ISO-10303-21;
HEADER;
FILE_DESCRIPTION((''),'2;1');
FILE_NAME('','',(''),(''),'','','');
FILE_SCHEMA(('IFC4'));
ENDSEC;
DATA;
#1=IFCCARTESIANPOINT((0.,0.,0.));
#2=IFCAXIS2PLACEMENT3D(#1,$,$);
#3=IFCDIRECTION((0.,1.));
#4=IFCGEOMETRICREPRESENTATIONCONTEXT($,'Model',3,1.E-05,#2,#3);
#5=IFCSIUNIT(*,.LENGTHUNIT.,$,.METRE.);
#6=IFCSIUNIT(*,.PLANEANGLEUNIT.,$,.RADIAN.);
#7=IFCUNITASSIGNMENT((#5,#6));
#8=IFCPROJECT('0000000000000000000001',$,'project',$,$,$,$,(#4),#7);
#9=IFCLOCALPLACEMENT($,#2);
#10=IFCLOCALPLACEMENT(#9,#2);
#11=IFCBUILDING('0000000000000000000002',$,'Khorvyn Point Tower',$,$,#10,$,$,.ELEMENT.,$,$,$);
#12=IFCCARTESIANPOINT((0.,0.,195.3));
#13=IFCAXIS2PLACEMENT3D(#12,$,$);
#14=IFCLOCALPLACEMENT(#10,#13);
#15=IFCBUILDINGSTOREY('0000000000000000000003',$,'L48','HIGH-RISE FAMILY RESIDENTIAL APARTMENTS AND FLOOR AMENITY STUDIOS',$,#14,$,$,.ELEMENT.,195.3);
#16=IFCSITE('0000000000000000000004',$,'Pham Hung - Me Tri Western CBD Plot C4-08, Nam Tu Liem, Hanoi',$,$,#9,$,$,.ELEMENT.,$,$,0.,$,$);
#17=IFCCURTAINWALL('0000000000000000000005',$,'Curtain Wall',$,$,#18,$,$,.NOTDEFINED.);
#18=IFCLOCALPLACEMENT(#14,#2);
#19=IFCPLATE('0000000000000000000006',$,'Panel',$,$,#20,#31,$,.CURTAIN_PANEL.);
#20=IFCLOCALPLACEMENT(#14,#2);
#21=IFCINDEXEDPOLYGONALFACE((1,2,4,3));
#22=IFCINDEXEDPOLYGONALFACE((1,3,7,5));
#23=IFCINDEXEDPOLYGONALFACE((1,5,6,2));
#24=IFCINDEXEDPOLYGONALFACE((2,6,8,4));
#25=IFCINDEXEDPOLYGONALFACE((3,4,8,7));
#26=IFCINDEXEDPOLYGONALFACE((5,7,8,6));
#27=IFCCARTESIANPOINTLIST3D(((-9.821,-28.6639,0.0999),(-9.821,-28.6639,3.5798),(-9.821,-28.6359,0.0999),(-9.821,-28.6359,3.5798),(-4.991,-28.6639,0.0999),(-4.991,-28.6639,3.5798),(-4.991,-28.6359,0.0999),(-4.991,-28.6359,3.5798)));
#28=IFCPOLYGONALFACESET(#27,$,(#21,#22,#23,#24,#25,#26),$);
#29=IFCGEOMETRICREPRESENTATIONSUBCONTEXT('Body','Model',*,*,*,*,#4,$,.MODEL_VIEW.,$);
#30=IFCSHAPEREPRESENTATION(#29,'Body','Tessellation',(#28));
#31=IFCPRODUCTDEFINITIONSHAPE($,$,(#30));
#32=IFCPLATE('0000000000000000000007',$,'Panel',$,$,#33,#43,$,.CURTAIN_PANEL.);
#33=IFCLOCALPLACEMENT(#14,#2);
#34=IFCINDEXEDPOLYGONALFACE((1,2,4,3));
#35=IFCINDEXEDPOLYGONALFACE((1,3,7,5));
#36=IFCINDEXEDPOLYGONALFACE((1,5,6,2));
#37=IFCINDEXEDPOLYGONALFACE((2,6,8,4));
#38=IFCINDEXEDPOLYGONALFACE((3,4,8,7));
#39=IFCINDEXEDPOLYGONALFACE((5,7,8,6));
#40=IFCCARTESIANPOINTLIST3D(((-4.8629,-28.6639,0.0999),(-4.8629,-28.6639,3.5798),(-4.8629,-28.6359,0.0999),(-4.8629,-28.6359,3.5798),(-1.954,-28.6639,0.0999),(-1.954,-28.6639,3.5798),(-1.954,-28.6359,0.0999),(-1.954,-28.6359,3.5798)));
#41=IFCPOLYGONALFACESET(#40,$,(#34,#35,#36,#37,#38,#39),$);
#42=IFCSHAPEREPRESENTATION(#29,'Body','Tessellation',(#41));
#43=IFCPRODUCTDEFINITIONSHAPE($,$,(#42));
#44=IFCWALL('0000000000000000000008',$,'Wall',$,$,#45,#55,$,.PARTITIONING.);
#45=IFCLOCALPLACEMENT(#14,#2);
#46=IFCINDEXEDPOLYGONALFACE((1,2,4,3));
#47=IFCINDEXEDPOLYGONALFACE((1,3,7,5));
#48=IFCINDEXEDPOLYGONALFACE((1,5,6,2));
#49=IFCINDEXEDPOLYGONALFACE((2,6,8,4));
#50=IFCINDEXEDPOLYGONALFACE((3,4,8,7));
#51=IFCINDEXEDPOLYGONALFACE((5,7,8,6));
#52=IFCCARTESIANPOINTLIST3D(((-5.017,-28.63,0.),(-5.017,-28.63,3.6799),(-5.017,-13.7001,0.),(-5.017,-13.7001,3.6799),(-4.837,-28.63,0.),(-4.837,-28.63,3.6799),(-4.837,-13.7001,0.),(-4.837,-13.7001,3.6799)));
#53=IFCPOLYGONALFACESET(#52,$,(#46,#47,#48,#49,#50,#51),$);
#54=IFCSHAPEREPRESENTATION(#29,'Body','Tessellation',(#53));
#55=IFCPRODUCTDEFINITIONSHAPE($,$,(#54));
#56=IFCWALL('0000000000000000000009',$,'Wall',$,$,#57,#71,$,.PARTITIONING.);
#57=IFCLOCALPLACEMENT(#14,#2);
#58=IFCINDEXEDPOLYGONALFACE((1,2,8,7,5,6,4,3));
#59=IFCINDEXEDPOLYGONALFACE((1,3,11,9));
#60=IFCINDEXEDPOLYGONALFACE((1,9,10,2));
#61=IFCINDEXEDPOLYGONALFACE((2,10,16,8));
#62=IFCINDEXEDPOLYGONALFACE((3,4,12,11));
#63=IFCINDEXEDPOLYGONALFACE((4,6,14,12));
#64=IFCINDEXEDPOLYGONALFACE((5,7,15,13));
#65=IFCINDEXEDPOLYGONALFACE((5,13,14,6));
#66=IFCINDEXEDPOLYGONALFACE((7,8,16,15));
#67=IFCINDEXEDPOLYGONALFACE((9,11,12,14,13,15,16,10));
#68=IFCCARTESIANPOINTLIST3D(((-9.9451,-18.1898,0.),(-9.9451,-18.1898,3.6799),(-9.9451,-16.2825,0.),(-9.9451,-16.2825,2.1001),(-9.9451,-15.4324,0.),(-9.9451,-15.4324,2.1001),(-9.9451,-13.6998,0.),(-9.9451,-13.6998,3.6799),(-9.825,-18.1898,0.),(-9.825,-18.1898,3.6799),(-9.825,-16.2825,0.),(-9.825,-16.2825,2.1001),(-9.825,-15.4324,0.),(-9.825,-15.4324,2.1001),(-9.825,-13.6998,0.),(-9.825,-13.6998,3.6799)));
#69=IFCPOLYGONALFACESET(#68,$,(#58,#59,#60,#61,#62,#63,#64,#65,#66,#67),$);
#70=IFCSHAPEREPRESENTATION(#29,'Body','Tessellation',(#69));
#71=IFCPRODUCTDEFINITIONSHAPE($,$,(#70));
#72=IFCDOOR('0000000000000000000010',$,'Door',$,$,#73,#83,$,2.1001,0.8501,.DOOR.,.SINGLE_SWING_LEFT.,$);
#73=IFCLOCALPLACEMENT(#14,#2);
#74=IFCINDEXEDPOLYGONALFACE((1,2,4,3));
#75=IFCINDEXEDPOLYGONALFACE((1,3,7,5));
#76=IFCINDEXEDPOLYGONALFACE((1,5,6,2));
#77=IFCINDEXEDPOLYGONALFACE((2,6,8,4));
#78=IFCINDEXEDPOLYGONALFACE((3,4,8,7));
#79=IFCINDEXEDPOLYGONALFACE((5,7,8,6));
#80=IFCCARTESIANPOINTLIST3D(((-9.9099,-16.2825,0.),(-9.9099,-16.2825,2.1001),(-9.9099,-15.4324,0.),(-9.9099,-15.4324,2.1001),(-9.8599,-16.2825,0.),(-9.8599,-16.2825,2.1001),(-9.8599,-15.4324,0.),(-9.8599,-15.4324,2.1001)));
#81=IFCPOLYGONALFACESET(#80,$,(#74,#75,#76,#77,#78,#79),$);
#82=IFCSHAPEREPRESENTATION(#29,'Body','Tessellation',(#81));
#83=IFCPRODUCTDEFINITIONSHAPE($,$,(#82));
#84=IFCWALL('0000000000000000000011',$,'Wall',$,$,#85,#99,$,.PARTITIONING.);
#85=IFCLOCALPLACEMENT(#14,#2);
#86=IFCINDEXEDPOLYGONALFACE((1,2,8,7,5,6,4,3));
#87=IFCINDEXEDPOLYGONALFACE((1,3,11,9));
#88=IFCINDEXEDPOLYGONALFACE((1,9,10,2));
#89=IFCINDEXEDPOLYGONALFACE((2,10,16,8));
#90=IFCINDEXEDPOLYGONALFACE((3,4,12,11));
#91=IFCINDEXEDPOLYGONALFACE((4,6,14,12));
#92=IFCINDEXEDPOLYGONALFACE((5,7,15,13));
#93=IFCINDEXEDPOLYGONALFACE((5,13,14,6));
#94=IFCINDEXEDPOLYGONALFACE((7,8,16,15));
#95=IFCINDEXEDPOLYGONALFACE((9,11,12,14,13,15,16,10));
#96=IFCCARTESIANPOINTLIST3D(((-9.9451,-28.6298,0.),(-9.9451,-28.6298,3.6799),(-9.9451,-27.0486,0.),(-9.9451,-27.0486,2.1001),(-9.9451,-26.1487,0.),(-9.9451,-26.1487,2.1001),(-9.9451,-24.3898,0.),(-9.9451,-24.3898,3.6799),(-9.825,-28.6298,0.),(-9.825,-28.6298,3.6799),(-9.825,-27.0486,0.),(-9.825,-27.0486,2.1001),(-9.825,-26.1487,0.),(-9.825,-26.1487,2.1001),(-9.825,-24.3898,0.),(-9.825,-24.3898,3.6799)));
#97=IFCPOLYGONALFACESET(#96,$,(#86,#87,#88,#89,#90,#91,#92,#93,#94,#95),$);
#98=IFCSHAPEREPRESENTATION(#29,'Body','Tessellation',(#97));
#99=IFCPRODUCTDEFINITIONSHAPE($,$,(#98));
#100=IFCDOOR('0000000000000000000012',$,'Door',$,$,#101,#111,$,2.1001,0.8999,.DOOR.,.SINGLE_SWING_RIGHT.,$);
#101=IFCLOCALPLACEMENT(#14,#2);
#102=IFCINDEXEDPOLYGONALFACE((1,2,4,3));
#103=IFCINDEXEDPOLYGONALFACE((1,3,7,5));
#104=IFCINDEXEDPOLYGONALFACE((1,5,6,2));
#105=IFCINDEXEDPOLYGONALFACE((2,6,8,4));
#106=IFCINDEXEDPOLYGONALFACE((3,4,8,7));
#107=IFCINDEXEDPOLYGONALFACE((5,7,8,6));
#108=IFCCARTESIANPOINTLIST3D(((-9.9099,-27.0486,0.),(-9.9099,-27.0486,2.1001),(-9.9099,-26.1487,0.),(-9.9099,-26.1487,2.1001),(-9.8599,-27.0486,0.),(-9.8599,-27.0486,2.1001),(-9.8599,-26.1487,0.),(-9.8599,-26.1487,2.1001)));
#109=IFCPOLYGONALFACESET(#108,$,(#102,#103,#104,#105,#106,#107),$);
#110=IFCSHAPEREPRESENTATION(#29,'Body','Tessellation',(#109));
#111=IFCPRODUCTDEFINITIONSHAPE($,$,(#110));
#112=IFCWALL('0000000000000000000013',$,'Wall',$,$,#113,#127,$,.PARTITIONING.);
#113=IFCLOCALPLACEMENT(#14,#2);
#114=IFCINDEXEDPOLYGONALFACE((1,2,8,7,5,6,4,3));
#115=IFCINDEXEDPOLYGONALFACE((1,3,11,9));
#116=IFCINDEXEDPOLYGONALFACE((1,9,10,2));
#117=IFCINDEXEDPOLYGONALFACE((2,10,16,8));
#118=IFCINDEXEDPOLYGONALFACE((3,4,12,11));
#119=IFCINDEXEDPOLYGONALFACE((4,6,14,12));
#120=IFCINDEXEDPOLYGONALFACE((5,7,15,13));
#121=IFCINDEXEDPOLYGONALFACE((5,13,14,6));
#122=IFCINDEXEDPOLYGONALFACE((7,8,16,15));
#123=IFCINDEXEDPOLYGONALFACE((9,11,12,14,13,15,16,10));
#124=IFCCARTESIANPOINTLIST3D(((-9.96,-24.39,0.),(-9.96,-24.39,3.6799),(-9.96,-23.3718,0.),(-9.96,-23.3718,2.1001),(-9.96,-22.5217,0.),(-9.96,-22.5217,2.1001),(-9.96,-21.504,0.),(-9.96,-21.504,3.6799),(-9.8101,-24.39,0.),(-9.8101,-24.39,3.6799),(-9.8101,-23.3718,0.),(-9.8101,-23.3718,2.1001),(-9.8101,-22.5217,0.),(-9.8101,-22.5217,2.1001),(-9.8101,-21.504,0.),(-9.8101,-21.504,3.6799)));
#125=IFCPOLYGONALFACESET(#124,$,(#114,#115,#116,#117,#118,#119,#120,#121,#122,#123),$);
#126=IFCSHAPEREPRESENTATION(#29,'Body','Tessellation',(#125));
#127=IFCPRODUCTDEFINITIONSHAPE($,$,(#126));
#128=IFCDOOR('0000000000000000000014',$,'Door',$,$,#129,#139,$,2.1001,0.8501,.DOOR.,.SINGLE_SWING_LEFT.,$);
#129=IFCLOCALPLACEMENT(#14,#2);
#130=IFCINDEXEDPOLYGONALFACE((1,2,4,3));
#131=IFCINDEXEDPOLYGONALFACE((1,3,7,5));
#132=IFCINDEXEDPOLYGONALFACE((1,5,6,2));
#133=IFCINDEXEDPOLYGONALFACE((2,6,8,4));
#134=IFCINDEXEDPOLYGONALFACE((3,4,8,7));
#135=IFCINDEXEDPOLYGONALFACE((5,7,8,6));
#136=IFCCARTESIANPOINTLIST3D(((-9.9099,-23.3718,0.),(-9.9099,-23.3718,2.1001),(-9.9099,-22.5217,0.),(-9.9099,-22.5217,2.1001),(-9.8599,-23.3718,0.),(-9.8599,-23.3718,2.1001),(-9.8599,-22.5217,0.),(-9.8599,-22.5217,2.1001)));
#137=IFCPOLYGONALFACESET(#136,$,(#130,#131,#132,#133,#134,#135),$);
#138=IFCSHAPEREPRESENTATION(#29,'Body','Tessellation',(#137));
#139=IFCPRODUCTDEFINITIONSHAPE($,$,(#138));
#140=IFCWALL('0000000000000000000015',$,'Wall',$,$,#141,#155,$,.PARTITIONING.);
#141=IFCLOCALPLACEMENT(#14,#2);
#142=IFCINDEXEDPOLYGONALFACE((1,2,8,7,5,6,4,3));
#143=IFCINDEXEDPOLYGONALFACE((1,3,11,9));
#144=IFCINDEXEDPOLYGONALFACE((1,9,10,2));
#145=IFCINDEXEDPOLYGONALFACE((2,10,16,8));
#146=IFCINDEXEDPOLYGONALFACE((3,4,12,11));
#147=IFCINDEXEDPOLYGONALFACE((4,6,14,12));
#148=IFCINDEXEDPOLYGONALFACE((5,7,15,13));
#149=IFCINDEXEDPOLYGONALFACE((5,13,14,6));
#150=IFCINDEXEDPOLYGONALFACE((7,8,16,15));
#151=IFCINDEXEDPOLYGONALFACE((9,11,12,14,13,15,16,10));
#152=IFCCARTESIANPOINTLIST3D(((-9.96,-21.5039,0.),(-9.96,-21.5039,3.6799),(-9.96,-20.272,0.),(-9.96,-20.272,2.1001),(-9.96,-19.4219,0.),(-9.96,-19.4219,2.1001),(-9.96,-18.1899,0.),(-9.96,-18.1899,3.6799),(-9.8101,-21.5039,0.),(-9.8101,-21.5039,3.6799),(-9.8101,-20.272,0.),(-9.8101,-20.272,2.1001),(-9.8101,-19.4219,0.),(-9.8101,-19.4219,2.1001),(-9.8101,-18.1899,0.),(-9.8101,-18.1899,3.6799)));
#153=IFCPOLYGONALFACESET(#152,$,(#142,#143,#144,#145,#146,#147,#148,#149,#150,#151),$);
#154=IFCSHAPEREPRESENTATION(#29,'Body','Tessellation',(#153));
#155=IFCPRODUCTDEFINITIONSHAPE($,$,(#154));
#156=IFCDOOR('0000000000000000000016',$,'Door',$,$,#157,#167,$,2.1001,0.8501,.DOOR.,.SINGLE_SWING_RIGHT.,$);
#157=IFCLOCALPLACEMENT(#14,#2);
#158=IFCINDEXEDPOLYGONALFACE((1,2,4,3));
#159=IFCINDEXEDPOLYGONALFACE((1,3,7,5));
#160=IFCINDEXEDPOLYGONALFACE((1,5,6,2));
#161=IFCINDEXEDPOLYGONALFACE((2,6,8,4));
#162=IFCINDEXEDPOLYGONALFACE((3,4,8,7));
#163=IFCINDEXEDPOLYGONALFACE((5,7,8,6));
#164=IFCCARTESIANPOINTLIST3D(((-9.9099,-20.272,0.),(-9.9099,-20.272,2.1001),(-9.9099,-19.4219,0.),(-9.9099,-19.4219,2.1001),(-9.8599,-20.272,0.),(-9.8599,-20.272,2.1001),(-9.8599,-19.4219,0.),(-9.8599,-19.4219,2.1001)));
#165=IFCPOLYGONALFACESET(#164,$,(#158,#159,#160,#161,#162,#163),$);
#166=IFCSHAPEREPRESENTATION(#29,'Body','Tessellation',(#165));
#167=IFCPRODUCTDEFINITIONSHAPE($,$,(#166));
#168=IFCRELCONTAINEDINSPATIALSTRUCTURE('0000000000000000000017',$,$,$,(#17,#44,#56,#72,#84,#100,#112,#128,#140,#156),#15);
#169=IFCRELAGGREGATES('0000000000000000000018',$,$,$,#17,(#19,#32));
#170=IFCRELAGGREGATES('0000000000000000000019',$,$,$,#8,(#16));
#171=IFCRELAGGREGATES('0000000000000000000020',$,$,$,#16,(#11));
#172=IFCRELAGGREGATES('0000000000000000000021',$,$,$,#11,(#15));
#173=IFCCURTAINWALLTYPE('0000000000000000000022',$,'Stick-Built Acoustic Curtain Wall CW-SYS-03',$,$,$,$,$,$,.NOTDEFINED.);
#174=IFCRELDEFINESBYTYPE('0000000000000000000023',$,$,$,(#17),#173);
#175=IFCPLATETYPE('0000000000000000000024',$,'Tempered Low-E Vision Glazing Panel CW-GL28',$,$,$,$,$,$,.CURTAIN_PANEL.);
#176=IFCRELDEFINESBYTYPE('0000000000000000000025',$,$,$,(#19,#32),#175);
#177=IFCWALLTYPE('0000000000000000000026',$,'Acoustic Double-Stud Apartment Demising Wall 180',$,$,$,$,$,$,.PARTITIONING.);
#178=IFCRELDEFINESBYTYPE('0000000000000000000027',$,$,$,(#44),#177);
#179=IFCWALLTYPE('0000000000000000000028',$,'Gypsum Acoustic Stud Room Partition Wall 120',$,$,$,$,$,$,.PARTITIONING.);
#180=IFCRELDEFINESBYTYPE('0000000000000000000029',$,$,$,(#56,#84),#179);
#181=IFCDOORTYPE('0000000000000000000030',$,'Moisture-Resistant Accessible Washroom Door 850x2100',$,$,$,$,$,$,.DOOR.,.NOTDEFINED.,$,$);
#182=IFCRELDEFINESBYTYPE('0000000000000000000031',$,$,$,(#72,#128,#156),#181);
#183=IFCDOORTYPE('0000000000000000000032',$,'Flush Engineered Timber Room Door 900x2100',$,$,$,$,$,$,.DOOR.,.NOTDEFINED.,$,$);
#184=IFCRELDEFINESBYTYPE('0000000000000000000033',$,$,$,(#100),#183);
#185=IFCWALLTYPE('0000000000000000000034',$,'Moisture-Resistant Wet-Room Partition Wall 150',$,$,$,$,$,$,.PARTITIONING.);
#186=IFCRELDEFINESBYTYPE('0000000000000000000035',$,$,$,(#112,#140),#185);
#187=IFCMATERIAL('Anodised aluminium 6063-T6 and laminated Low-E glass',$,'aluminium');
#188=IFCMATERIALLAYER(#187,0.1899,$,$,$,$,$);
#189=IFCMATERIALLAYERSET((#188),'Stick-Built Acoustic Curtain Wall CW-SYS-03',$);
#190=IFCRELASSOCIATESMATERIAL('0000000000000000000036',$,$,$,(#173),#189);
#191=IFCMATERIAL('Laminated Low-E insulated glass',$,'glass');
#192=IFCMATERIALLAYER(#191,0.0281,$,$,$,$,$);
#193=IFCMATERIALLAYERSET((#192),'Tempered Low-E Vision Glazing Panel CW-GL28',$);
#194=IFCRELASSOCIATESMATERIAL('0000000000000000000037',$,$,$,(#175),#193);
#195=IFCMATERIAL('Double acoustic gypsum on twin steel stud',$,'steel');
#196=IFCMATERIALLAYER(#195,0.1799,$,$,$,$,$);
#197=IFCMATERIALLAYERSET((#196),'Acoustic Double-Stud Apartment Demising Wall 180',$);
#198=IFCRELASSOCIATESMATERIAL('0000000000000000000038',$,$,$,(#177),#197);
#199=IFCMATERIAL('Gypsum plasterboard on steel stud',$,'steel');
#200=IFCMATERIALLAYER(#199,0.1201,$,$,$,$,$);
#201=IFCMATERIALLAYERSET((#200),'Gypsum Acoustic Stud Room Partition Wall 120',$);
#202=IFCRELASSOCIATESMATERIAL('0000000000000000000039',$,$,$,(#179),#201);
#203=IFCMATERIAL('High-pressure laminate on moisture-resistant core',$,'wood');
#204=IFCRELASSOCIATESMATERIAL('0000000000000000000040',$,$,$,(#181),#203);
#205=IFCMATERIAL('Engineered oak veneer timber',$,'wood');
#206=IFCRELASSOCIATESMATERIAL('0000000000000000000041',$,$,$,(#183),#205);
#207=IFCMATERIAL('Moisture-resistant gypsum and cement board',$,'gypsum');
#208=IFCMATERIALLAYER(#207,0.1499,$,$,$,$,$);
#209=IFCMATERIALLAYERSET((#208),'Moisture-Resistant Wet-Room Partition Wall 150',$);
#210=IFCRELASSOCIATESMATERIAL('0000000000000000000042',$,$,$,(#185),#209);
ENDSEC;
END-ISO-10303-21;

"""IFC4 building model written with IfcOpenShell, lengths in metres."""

from ifc_helpers import new_model, si_unit, direction, frame, frame_2d, origin, origin_2d, place, context, subcontext, project, spatial, rectangle, extrude, material, layer, layer_set, type_object, element, fill, aggregate, save


model = new_model("IFC4")

# Units and contexts
model_context = context("Model", 3, precision=1e-05, world=origin(), true_north=direction((0.0, 1.0)))
body_context = subcontext(model_context, "Body", "Model", "MODEL_VIEW")
ifc_project = project(units=[si_unit("LENGTHUNIT", "METRE"), si_unit("PLANEANGLEUNIT", "RADIAN")], contexts=[model_context])

# Site, building, storey
site_placement = place(None, origin())
site = spatial("IfcSite", under=ifc_project, at=site_placement, Name="Pham Hung - Me Tri Western CBD Plot C4-08, Nam Tu Liem, Hanoi", CompositionType="ELEMENT", RefElevation=0.0)
building_placement = place(site_placement, origin())
building = spatial("IfcBuilding", under=site, at=building_placement, Name="Khorvyn Point Tower", CompositionType="ELEMENT")
storey_placement = place(building_placement, frame((0.0, 0.0, 195.3)))
storey = spatial("IfcBuildingStorey", under=building, at=storey_placement, Name="L48", Description="HIGH-RISE FAMILY RESIDENTIAL APARTMENTS AND FLOOR AMENITY STUDIOS", CompositionType="ELEMENT", Elevation=195.3)

# Curtain wall, plates
ifc_material_1 = material(Name="Anodised aluminium 6063-T6 and laminated Low-E glass", Category="aluminium")
ifc_layer_1 = layer(ifc_material_1, 0.1899)
ifc_layer_set_1 = layer_set([ifc_layer_1], Name="Stick-Built Acoustic Curtain Wall CW-SYS-03")
curtain_wall_type = type_object("IfcCurtainWallType", Name="Stick-Built Acoustic Curtain Wall CW-SYS-03", PredefinedType="NOTDEFINED", material=ifc_layer_set_1)
curtain_wall_placement = place(storey_placement, origin())
curtain_wall = element("IfcCurtainWall", 1, at=curtain_wall_placement, inside=storey, type_object=curtain_wall_type, Name="Curtain Wall", PredefinedType="NOTDEFINED")
ifc_material_2 = material(Name="Laminated Low-E insulated glass", Category="glass")
ifc_layer_2 = layer(ifc_material_2, 0.0281)
ifc_layer_set_2 = layer_set([ifc_layer_2], Name="Tempered Low-E Vision Glazing Panel CW-GL28")
plate_type = type_object("IfcPlateType", Name="Tempered Low-E Vision Glazing Panel CW-GL28", PredefinedType="CURTAIN_PANEL", material=ifc_layer_set_2)
plate_1_placement = place(storey_placement, frame((-7.406, -28.6499, 0.0999), z_axis=(0.0, 0.0, 1.0), x_axis=(-1.0, 0.0, 0.0)))
plate_1 = element("IfcPlate", 2, at=plate_1_placement, type_object=plate_type, Name="Panel", PredefinedType="CURTAIN_PANEL", context=body_context, shape_type="SweptSolid", body=[
    extrude(rectangle(XDim=4.8301, YDim=0.0281, at=origin_2d()), origin(), (0.0, 0.0, 1.0), 3.48),
])
plate_2_placement = place(storey_placement, frame((-3.4084, -28.6499, 0.0999), z_axis=(0.0, 0.0, 1.0), x_axis=(-1.0, 0.0, 0.0)))
plate_2 = element("IfcPlate", 3, at=plate_2_placement, type_object=plate_type, Name="Panel", PredefinedType="CURTAIN_PANEL", context=body_context, shape_type="SweptSolid", body=[
    extrude(rectangle(XDim=2.9089, YDim=0.0281, at=origin_2d()), origin(), (0.0, 0.0, 1.0), 3.48),
])
aggregate(curtain_wall, [plate_1, plate_2])

# Wall
ifc_material_3 = material(Name="Double acoustic gypsum on twin steel stud", Category="steel")
ifc_layer_3 = layer(ifc_material_3, 0.1799)
ifc_layer_set_3 = layer_set([ifc_layer_3], Name="Acoustic Double-Stud Apartment Demising Wall 180")
wall_type_1 = type_object("IfcWallType", Name="Acoustic Double-Stud Apartment Demising Wall 180", PredefinedType="PARTITIONING", material=ifc_layer_set_3)
wall_1_placement = place(storey_placement, frame((-4.927, -28.6299, 0.0), z_axis=(0.0, 0.0, 1.0), x_axis=(0.0, 1.0, 0.0)))
element("IfcWall", 4, at=wall_1_placement, inside=storey, type_object=wall_type_1, Name="Wall", PredefinedType="PARTITIONING", context=body_context, shape_type="SweptSolid", body=[
    extrude(rectangle(XDim=14.9299, YDim=0.1799, at=frame_2d((7.4648, 0.0))), origin(), (0.0, 0.0, 1.0), 3.6799),
])

# Walls, openings, doors
ifc_material_4 = material(Name="Gypsum plasterboard on steel stud", Category="steel")
ifc_layer_4 = layer(ifc_material_4, 0.1201)
ifc_layer_set_4 = layer_set([ifc_layer_4], Name="Gypsum Acoustic Stud Room Partition Wall 120")
wall_type_2 = type_object("IfcWallType", Name="Gypsum Acoustic Stud Room Partition Wall 120", PredefinedType="PARTITIONING", material=ifc_layer_set_4)
wall_2_placement = place(storey_placement, frame((-9.885, -18.1899, 0.0), z_axis=(0.0, 0.0, 1.0), x_axis=(0.0, 1.0, 0.0)))
wall_2 = element("IfcWall", 5, at=wall_2_placement, inside=storey, type_object=wall_type_2, Name="Wall", PredefinedType="PARTITIONING", context=body_context, shape_type="SweptSolid", body=[
    extrude(rectangle(XDim=4.49, YDim=0.1201, at=frame_2d((2.2451, 0.0))), origin(), (0.0, 0.0, 1.0), 3.6799),
])
opening_1_placement = place(wall_2_placement, frame((1.9075, 0.0, 0.0)))
opening_1 = element("IfcOpeningElement", 6, at=opening_1_placement, cuts=wall_2, PredefinedType="OPENING", context=body_context, shape_type="SweptSolid", body=[
    extrude(rectangle(XDim=0.8501, YDim=2.1001, at=frame_2d((0.425, 1.05))), frame((0.0, 0.0701, 0.0), z_axis=(0.0, -1.0, 0.0), x_axis=(1.0, 0.0, 0.0)), (0.0, 0.0, 1.0), 0.1401),
])
ifc_material_5 = material(Name="High-pressure laminate on moisture-resistant core", Category="wood")
door_type_1 = type_object("IfcDoorType", Name="Moisture-Resistant Accessible Washroom Door 850x2100", OperationType="NOTDEFINED", PredefinedType="DOOR", material=ifc_material_5)
door_1_placement = place(opening_1_placement, origin())
door_1 = element("IfcDoor", 7, at=door_1_placement, inside=storey, type_object=door_type_1, Name="Door", OperationType="SINGLE_SWING_LEFT", OverallHeight=2.1001, OverallWidth=0.8501, PredefinedType="DOOR", context=body_context, shape_type="SweptSolid", body=[
    extrude(rectangle(XDim=0.8501, YDim=2.1001, at=frame_2d((0.425, 1.05))), frame((0.0, 0.0249, 0.0), z_axis=(0.0, -1.0, 0.0), x_axis=(1.0, 0.0, 0.0)), (0.0, 0.0, 1.0), 0.05),
])
fill(opening_1, door_1)
wall_3_placement = place(storey_placement, frame((-9.885, -28.6299, 0.0), z_axis=(0.0, 0.0, 1.0), x_axis=(0.0, 1.0, 0.0)))
wall_3 = element("IfcWall", 8, at=wall_3_placement, inside=storey, type_object=wall_type_2, Name="Wall", PredefinedType="PARTITIONING", context=body_context, shape_type="SweptSolid", body=[
    extrude(rectangle(XDim=4.24, YDim=0.1201, at=frame_2d((2.1201, 0.0))), origin(), (0.0, 0.0, 1.0), 3.6799),
])
opening_2_placement = place(wall_3_placement, frame((1.5813, 0.0, 0.0)))
opening_2 = element("IfcOpeningElement", 9, at=opening_2_placement, cuts=wall_3, PredefinedType="OPENING", context=body_context, shape_type="SweptSolid", body=[
    extrude(rectangle(XDim=0.8999, YDim=2.1001, at=frame_2d((0.45, 1.05))), frame((0.0, 0.0701, 0.0), z_axis=(0.0, -1.0, 0.0), x_axis=(1.0, 0.0, 0.0)), (0.0, 0.0, 1.0), 0.1401),
])
ifc_material_6 = material(Name="Engineered oak veneer timber", Category="wood")
door_type_2 = type_object("IfcDoorType", Name="Flush Engineered Timber Room Door 900x2100", OperationType="NOTDEFINED", PredefinedType="DOOR", material=ifc_material_6)
door_2_placement = place(opening_2_placement, origin())
door_2 = element("IfcDoor", 10, at=door_2_placement, inside=storey, type_object=door_type_2, Name="Door", OperationType="SINGLE_SWING_RIGHT", OverallHeight=2.1001, OverallWidth=0.8999, PredefinedType="DOOR", context=body_context, shape_type="SweptSolid", body=[
    extrude(rectangle(XDim=0.8999, YDim=2.1001, at=frame_2d((0.45, 1.05))), frame((0.0, 0.0249, 0.0), z_axis=(0.0, -1.0, 0.0), x_axis=(1.0, 0.0, 0.0)), (0.0, 0.0, 1.0), 0.05),
])
fill(opening_2, door_2)
ifc_material_7 = material(Name="Moisture-resistant gypsum and cement board", Category="gypsum")
ifc_layer_5 = layer(ifc_material_7, 0.1499)
ifc_layer_set_5 = layer_set([ifc_layer_5], Name="Moisture-Resistant Wet-Room Partition Wall 150")
wall_type_3 = type_object("IfcWallType", Name="Moisture-Resistant Wet-Room Partition Wall 150", PredefinedType="PARTITIONING", material=ifc_layer_set_5)
wall_4_placement = place(storey_placement, frame((-9.885, -24.3899, 0.0), z_axis=(0.0, 0.0, 1.0), x_axis=(0.0, 1.0, 0.0)))
wall_4 = element("IfcWall", 11, at=wall_4_placement, inside=storey, type_object=wall_type_3, Name="Wall", PredefinedType="PARTITIONING", context=body_context, shape_type="SweptSolid", body=[
    extrude(rectangle(XDim=2.886, YDim=0.1499, at=frame_2d((1.4429, 0.0))), origin(), (0.0, 0.0, 1.0), 3.6799),
])
opening_3_placement = place(wall_4_placement, frame((1.0181, 0.0, 0.0)))
opening_3 = element("IfcOpeningElement", 12, at=opening_3_placement, cuts=wall_4, PredefinedType="OPENING", context=body_context, shape_type="SweptSolid", body=[
    extrude(rectangle(XDim=0.8501, YDim=2.1001, at=frame_2d((0.425, 1.05))), frame((0.0, 0.085, 0.0), z_axis=(0.0, -1.0, 0.0), x_axis=(1.0, 0.0, 0.0)), (0.0, 0.0, 1.0), 0.1699),
])
door_3_placement = place(opening_3_placement, origin())
door_3 = element("IfcDoor", 13, at=door_3_placement, inside=storey, type_object=door_type_1, Name="Door", OperationType="SINGLE_SWING_LEFT", OverallHeight=2.1001, OverallWidth=0.8501, PredefinedType="DOOR", context=body_context, shape_type="SweptSolid", body=[
    extrude(rectangle(XDim=0.8501, YDim=2.1001, at=frame_2d((0.425, 1.05))), frame((0.0, 0.0249, 0.0), z_axis=(0.0, -1.0, 0.0), x_axis=(1.0, 0.0, 0.0)), (0.0, 0.0, 1.0), 0.05),
])
fill(opening_3, door_3)
wall_5_placement = place(storey_placement, frame((-9.885, -21.5039, 0.0), z_axis=(0.0, 0.0, 1.0), x_axis=(0.0, 1.0, 0.0)))
wall_5 = element("IfcWall", 14, at=wall_5_placement, inside=storey, type_object=wall_type_3, Name="Wall", PredefinedType="PARTITIONING", context=body_context, shape_type="SweptSolid", body=[
    extrude(rectangle(XDim=3.314, YDim=0.1499, at=frame_2d((1.657, 0.0))), origin(), (0.0, 0.0, 1.0), 3.6799),
])
opening_4_placement = place(wall_5_placement, frame((1.2319, 0.0, 0.0)))
opening_4 = element("IfcOpeningElement", 15, at=opening_4_placement, cuts=wall_5, PredefinedType="OPENING", context=body_context, shape_type="SweptSolid", body=[
    extrude(rectangle(XDim=0.8501, YDim=2.1001, at=frame_2d((0.425, 1.05))), frame((0.0, 0.085, 0.0), z_axis=(0.0, -1.0, 0.0), x_axis=(1.0, 0.0, 0.0)), (0.0, 0.0, 1.0), 0.1699),
])
door_4_placement = place(opening_4_placement, origin())
door_4 = element("IfcDoor", 16, at=door_4_placement, inside=storey, type_object=door_type_1, Name="Door", OperationType="SINGLE_SWING_RIGHT", OverallHeight=2.1001, OverallWidth=0.8501, PredefinedType="DOOR", context=body_context, shape_type="SweptSolid", body=[
    extrude(rectangle(XDim=0.8501, YDim=2.1001, at=frame_2d((0.425, 1.05))), frame((0.0, 0.0249, 0.0), z_axis=(0.0, -1.0, 0.0), x_axis=(1.0, 0.0, 0.0)), (0.0, 0.0, 1.0), 0.05),
])
fill(opening_4, door_4)

save(model, "model.ifc")
